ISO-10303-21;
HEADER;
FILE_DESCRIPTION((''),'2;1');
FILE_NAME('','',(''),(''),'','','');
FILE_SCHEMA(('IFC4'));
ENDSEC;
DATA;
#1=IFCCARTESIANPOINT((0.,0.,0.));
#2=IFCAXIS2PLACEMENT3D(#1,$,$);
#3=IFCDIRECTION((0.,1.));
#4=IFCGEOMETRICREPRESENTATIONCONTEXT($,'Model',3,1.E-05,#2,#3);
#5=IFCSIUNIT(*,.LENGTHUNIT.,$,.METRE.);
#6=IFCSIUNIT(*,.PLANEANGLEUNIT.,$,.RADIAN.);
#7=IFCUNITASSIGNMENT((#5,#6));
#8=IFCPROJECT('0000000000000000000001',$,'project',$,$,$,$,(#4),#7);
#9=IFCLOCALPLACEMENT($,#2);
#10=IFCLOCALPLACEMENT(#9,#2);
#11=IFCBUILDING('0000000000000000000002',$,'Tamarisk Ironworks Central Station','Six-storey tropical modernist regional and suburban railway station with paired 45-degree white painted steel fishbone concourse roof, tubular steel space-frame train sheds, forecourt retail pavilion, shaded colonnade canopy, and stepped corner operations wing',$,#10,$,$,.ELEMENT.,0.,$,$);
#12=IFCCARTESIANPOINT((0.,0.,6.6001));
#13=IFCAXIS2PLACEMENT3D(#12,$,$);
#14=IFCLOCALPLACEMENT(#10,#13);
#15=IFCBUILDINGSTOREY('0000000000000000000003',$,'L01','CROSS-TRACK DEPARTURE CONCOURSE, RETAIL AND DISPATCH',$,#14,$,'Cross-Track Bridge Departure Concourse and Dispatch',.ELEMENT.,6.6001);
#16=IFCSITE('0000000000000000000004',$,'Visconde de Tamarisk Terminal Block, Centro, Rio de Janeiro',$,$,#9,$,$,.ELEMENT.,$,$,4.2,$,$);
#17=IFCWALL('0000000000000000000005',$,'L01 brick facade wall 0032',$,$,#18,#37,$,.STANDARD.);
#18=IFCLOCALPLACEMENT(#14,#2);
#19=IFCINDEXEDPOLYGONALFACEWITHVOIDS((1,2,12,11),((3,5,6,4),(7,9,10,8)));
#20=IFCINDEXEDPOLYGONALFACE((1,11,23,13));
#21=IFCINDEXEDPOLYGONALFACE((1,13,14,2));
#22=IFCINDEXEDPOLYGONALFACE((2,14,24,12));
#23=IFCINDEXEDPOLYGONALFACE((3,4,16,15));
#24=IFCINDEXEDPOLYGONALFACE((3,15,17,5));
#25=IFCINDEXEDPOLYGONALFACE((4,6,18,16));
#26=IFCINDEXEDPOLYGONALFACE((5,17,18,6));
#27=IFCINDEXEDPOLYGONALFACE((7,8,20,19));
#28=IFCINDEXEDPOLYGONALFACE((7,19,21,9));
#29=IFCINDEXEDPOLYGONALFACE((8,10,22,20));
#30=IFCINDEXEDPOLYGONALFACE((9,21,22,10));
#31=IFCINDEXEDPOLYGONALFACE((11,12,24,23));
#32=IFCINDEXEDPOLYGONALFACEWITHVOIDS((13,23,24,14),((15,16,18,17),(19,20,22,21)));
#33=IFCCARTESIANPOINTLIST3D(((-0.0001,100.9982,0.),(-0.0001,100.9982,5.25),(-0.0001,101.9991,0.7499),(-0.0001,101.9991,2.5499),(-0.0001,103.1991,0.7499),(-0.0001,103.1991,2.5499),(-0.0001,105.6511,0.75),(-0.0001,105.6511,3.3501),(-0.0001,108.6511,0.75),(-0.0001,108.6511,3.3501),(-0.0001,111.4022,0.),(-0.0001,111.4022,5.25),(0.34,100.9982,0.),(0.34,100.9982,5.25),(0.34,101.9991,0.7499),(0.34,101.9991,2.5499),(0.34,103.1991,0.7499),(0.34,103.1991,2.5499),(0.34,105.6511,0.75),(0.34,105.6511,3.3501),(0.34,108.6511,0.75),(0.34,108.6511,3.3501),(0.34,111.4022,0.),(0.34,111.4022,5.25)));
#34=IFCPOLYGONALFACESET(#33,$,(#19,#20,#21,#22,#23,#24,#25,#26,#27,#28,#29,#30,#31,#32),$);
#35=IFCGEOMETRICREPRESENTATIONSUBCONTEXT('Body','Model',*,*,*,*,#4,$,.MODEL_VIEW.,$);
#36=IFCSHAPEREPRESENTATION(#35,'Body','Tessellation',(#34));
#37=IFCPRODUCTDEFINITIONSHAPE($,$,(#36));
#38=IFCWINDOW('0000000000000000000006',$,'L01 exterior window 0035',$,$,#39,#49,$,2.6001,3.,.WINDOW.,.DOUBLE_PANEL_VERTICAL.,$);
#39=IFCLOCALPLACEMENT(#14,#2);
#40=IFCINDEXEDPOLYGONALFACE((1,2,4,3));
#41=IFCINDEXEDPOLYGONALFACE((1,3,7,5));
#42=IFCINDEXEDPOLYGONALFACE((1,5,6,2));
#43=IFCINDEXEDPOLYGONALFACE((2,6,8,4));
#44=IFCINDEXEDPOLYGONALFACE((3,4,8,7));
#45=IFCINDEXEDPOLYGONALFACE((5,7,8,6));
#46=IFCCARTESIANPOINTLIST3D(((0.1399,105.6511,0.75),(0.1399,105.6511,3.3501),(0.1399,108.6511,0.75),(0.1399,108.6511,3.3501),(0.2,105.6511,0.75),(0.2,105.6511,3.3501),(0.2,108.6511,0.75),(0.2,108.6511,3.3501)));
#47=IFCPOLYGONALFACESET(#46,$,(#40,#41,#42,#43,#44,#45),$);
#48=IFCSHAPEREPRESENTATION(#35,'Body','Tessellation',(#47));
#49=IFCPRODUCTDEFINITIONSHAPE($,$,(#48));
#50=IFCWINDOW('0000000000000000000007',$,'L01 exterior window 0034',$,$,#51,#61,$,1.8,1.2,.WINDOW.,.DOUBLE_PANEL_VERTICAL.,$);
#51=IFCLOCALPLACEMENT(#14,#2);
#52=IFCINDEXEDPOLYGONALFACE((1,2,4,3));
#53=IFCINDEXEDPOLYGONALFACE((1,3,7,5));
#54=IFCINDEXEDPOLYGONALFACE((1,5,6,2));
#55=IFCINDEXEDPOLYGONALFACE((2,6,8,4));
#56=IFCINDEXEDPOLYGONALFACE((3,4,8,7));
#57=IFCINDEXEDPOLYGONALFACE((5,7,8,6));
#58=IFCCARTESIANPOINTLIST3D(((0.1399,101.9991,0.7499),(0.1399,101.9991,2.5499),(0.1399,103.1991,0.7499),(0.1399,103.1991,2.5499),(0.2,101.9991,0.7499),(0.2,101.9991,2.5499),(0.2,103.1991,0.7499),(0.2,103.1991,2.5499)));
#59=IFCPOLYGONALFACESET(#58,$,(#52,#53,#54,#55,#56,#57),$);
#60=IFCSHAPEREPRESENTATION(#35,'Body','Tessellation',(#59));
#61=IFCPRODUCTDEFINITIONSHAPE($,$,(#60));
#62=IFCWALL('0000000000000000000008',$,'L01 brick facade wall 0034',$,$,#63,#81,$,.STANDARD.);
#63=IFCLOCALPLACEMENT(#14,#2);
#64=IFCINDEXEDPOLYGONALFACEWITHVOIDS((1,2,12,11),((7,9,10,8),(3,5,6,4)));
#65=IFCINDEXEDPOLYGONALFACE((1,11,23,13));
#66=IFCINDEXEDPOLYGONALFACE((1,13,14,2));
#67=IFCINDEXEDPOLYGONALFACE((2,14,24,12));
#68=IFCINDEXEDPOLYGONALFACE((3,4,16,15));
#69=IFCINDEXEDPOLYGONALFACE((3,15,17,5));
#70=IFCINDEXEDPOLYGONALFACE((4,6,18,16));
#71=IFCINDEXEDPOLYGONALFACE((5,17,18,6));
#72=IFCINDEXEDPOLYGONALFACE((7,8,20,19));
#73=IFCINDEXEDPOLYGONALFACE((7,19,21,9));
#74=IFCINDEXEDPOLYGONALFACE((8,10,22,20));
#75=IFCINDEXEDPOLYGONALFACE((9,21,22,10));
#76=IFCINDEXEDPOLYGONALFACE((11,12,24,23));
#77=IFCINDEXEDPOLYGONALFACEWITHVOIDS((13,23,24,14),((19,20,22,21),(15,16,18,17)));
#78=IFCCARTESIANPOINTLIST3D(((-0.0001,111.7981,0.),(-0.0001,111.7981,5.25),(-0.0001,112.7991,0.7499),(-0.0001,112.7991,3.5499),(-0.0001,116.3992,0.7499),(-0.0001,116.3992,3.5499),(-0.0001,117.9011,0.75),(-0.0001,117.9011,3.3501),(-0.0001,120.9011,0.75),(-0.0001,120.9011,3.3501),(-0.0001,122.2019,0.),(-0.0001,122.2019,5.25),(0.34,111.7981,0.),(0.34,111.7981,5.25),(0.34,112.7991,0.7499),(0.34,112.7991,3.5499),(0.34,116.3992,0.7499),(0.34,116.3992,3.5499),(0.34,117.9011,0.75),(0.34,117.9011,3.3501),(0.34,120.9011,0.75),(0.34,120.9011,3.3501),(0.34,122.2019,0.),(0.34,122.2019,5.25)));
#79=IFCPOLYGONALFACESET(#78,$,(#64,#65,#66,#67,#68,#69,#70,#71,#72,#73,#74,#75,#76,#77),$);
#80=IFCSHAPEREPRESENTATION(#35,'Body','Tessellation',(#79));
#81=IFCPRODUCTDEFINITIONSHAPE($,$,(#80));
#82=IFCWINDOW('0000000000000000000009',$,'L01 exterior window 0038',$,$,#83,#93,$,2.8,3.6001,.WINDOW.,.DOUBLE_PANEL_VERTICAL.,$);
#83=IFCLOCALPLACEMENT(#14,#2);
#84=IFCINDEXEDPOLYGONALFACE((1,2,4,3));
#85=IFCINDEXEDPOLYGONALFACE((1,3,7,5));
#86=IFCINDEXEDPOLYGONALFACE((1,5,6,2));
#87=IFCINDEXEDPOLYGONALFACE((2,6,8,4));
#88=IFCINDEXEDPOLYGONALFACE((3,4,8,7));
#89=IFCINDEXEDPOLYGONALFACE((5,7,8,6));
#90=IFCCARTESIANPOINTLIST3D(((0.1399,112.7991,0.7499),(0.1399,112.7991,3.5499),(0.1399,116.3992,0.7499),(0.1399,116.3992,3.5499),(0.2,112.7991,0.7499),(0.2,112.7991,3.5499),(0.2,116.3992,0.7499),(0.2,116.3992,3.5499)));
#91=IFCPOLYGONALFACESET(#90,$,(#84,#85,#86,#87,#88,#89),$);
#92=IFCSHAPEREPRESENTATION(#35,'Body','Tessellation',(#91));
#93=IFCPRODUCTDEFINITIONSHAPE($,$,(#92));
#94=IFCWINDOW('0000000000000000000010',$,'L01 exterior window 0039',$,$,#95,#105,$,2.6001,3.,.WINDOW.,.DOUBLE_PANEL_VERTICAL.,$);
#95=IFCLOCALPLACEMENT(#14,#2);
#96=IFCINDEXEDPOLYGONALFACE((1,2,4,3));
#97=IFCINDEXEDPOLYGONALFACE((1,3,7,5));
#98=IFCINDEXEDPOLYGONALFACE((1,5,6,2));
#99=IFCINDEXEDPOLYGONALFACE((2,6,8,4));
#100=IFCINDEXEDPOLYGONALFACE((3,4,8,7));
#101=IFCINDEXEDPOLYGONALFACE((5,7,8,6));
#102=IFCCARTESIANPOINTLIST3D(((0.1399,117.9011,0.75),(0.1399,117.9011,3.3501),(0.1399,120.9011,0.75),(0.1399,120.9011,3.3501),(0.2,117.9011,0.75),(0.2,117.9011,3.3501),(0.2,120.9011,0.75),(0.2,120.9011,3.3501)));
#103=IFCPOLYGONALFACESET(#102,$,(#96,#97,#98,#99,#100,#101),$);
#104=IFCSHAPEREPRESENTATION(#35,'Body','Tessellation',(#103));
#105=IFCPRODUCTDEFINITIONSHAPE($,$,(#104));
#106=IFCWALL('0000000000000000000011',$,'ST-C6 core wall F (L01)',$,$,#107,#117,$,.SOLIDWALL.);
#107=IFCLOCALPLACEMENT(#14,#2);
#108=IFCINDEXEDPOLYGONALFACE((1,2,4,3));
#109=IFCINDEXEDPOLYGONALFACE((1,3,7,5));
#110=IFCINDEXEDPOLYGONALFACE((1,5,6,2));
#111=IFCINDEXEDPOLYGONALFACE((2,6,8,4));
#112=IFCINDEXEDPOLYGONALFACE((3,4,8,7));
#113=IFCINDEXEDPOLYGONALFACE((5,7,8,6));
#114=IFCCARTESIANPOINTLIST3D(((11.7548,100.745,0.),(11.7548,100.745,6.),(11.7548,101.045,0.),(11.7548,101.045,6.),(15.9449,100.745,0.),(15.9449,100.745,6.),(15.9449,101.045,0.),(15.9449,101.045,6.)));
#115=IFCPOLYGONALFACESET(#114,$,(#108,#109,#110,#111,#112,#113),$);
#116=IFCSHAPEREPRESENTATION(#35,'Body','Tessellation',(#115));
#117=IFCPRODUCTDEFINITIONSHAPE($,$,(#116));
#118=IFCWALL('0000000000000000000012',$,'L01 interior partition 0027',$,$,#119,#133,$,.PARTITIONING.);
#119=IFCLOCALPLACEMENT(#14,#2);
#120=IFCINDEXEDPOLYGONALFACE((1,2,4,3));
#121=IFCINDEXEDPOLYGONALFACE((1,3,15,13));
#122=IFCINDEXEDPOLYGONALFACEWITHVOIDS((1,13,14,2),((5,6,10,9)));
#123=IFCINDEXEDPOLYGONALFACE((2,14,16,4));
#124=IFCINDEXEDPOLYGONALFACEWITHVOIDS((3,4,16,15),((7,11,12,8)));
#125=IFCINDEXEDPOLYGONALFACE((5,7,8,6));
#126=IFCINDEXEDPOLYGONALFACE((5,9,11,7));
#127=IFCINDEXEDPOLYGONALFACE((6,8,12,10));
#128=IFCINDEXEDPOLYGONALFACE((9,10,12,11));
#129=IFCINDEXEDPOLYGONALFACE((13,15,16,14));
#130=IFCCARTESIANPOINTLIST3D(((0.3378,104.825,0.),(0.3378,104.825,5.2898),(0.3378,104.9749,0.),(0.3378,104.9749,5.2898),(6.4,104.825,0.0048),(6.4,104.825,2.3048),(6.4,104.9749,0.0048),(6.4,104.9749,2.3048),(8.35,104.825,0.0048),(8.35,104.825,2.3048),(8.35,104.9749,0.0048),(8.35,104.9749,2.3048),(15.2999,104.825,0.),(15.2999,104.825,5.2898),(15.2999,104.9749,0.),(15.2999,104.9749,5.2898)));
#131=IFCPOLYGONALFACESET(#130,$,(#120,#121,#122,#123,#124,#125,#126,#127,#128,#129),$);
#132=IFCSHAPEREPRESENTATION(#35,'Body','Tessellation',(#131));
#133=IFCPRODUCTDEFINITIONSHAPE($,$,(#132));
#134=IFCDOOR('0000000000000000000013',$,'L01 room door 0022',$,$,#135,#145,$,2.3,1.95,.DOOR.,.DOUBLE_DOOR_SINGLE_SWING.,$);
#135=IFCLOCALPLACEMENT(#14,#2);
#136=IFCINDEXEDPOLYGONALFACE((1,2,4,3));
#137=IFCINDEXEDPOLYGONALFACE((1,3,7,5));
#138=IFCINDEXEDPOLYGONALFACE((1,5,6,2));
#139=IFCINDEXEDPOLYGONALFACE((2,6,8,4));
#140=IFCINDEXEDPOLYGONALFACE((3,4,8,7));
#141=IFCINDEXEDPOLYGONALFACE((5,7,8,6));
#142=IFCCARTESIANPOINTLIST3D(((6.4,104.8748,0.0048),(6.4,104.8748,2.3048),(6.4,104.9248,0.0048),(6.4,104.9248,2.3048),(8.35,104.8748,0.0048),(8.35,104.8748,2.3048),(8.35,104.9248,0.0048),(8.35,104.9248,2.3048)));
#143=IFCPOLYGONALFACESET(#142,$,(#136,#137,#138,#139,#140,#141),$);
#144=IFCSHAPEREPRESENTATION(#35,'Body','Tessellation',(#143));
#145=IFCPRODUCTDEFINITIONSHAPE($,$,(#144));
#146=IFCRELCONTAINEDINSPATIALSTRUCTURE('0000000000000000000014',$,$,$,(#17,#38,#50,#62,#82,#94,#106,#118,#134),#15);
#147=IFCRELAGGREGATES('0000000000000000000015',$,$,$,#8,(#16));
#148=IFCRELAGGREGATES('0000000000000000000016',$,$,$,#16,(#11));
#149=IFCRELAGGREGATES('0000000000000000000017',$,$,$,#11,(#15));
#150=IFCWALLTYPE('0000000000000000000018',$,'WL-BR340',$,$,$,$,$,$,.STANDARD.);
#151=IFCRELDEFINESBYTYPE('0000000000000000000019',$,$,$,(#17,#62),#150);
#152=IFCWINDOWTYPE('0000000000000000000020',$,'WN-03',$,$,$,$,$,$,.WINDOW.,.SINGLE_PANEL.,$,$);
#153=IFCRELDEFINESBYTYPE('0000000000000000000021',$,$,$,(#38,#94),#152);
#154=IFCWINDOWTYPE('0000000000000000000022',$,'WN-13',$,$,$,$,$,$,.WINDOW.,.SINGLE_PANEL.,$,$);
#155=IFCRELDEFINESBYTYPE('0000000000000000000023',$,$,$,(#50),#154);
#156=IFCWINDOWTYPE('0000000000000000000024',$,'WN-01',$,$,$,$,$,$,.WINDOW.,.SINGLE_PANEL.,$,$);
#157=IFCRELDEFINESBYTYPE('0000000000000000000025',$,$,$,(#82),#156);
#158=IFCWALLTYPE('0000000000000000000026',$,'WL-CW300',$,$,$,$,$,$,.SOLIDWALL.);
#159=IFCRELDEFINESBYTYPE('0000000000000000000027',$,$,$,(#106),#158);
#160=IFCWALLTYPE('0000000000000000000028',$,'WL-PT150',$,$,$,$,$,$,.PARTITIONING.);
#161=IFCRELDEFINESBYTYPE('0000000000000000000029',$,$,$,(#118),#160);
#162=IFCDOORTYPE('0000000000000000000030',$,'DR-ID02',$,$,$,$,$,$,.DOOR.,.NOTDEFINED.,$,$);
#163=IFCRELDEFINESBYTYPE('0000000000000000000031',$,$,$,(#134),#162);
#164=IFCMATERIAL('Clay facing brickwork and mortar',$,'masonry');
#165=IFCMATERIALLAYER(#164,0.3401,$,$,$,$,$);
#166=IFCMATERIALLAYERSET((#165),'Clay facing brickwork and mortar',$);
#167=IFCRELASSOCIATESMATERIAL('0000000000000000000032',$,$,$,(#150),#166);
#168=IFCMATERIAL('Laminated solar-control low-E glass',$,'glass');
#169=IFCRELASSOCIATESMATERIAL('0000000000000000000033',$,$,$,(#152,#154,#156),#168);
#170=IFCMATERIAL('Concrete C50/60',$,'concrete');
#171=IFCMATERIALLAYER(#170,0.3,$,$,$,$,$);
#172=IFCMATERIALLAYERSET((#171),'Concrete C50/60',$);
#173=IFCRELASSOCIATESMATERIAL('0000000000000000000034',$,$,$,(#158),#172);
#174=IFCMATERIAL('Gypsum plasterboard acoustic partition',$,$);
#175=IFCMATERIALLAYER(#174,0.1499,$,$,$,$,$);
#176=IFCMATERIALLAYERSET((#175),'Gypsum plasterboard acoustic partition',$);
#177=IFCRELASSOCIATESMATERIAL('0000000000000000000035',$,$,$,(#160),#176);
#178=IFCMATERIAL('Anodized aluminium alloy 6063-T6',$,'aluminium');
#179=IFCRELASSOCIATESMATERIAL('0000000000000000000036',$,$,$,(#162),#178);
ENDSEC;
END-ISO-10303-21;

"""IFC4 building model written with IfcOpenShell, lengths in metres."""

from ifc_helpers import new_model, si_unit, direction, frame, frame_2d, origin, place, context, subcontext, project, spatial, rectangle, extrude, material, layer, layer_set, type_object, element, fill, save


model = new_model("IFC4")

# Units and contexts
model_context = context("Model", 3, precision=1e-05, world=origin(), true_north=direction((0.0, 1.0)))
body_context = subcontext(model_context, "Body", "Model", "MODEL_VIEW")
ifc_project = project(units=[si_unit("LENGTHUNIT", "METRE"), si_unit("PLANEANGLEUNIT", "RADIAN")], contexts=[model_context])

# Site, building, storey
site_placement = place(None, origin())
site = spatial("IfcSite", under=ifc_project, at=site_placement, Name="Visconde de Tamarisk Terminal Block, Centro, Rio de Janeiro", CompositionType="ELEMENT", RefElevation=4.2)
building_placement = place(site_placement, origin())
building = spatial("IfcBuilding", under=site, at=building_placement, Name="Tamarisk Ironworks Central Station", Description="Six-storey tropical modernist regional and suburban railway station with paired 45-degree white painted steel fishbone concourse roof, tubular steel space-frame train sheds, forecourt retail pavilion, shaded colonnade canopy, and stepped corner operations wing", CompositionType="ELEMENT", ElevationOfRefHeight=0.0)
storey_placement = place(building_placement, frame((0.0, 0.0, 6.6001)))
storey = spatial("IfcBuildingStorey", under=building, at=storey_placement, Name="L01", Description="CROSS-TRACK DEPARTURE CONCOURSE, RETAIL AND DISPATCH", LongName="Cross-Track Bridge Departure Concourse and Dispatch", CompositionType="ELEMENT", Elevation=6.6001)

# Shared definitions
ifc_material_1 = material(Name="Clay facing brickwork and mortar", Category="masonry")

# Walls, openings, windows
ifc_layer_1 = layer(ifc_material_1, 0.3401)
ifc_layer_set_1 = layer_set([ifc_layer_1], Name="Clay facing brickwork and mortar")
wall_type_1 = type_object("IfcWallType", Name="WL-BR340", PredefinedType="STANDARD", material=ifc_layer_set_1)
wall_1_placement = place(storey_placement, frame((0.1699, 100.998, 0.0), z_axis=(0.0, 0.0, 1.0), x_axis=(0.0, 1.0, 0.0)))
wall_1 = element("IfcWall", 1, at=wall_1_placement, inside=storey, type_object=wall_type_1, Name="L01 brick facade wall 0032", PredefinedType="STANDARD", context=body_context, shape_type="SweptSolid", body=[
    extrude(rectangle(XDim=10.4041, YDim=0.3401, at=frame_2d((5.2021, 0.0))), origin(), (0.0, 0.0, 1.0), 5.25),
])
opening_1_placement = place(wall_1_placement, frame((1.001, 0.0, 0.75)))
opening_1 = element("IfcOpeningElement", 2, at=opening_1_placement, cuts=wall_1, PredefinedType="OPENING", context=body_context, shape_type="SweptSolid", body=[
    extrude(rectangle(XDim=1.2, YDim=1.8, at=frame_2d((0.6001, 0.8999))), frame((0.0, 0.1821, 0.0), z_axis=(0.0, -1.0, 0.0), x_axis=(1.0, 0.0, 0.0)), (0.0, 0.0, 1.0), 0.364),
])
opening_2_placement = place(wall_1_placement, frame((4.6531, 0.0, 0.75)))
opening_2 = element("IfcOpeningElement", 3, at=opening_2_placement, cuts=wall_1, PredefinedType="OPENING", context=body_context, shape_type="SweptSolid", body=[
    extrude(rectangle(XDim=3.0, YDim=2.6001, at=frame_2d((1.5, 1.3))), frame((0.0, 0.1821, 0.0), z_axis=(0.0, -1.0, 0.0), x_axis=(1.0, 0.0, 0.0)), (0.0, 0.0, 1.0), 0.364),
])
ifc_material_2 = material(Name="Laminated solar-control low-E glass", Category="glass")
window_type_1 = type_object("IfcWindowType", Name="WN-03", PartitioningType="SINGLE_PANEL", PredefinedType="WINDOW", material=ifc_material_2)
window_1_placement = place(opening_2_placement, origin())
window_1 = element("IfcWindow", 4, at=window_1_placement, inside=storey, type_object=window_type_1, Name="L01 exterior window 0035", OverallHeight=2.6001, OverallWidth=3.0, PartitioningType="DOUBLE_PANEL_VERTICAL", PredefinedType="WINDOW", context=body_context, shape_type="SweptSolid", body=[
    extrude(rectangle(XDim=3.0, YDim=2.6001, at=frame_2d((1.5, 1.3))), frame((0.0, 0.03, 0.0), z_axis=(0.0, -1.0, 0.0), x_axis=(1.0, 0.0, 0.0)), (0.0, 0.0, 1.0), 0.0601),
])
fill(opening_2, window_1)
window_type_2 = type_object("IfcWindowType", Name="WN-13", PartitioningType="SINGLE_PANEL", PredefinedType="WINDOW", material=ifc_material_2)
window_2_placement = place(opening_1_placement, origin())
window_2 = element("IfcWindow", 5, at=window_2_placement, inside=storey, type_object=window_type_2, Name="L01 exterior window 0034", OverallHeight=1.8, OverallWidth=1.2, PartitioningType="DOUBLE_PANEL_VERTICAL", PredefinedType="WINDOW", context=body_context, shape_type="SweptSolid", body=[
    extrude(rectangle(XDim=1.2, YDim=1.8, at=frame_2d((0.6001, 0.8999))), frame((0.0, 0.03, 0.0), z_axis=(0.0, -1.0, 0.0), x_axis=(1.0, 0.0, 0.0)), (0.0, 0.0, 1.0), 0.0601),
])
fill(opening_1, window_2)
wall_2_placement = place(storey_placement, frame((0.1699, 111.7981, 0.0), z_axis=(0.0, 0.0, 1.0), x_axis=(0.0, 1.0, 0.0)))
wall_2 = element("IfcWall", 6, at=wall_2_placement, inside=storey, type_object=wall_type_1, Name="L01 brick facade wall 0034", PredefinedType="STANDARD", context=body_context, shape_type="SweptSolid", body=[
    extrude(rectangle(XDim=10.4038, YDim=0.3401, at=frame_2d((5.2019, 0.0))), origin(), (0.0, 0.0, 1.0), 5.25),
])
opening_3_placement = place(wall_2_placement, frame((1.001, 0.0, 0.75)))
opening_3 = element("IfcOpeningElement", 7, at=opening_3_placement, cuts=wall_2, PredefinedType="OPENING", context=body_context, shape_type="SweptSolid", body=[
    extrude(rectangle(XDim=3.6001, YDim=2.8, at=frame_2d((1.8, 1.3999))), frame((0.0, 0.1821, 0.0), z_axis=(0.0, -1.0, 0.0), x_axis=(1.0, 0.0, 0.0)), (0.0, 0.0, 1.0), 0.364),
])
opening_4_placement = place(wall_2_placement, frame((6.103, 0.0, 0.75)))
opening_4 = element("IfcOpeningElement", 8, at=opening_4_placement, cuts=wall_2, PredefinedType="OPENING", context=body_context, shape_type="SweptSolid", body=[
    extrude(rectangle(XDim=3.0, YDim=2.6001, at=frame_2d((1.5, 1.3))), frame((0.0, 0.1821, 0.0), z_axis=(0.0, -1.0, 0.0), x_axis=(1.0, 0.0, 0.0)), (0.0, 0.0, 1.0), 0.364),
])
window_type_3 = type_object("IfcWindowType", Name="WN-01", PartitioningType="SINGLE_PANEL", PredefinedType="WINDOW", material=ifc_material_2)
window_3_placement = place(opening_3_placement, origin())
window_3 = element("IfcWindow", 9, at=window_3_placement, inside=storey, type_object=window_type_3, Name="L01 exterior window 0038", OverallHeight=2.8, OverallWidth=3.6001, PartitioningType="DOUBLE_PANEL_VERTICAL", PredefinedType="WINDOW", context=body_context, shape_type="SweptSolid", body=[
    extrude(rectangle(XDim=3.6001, YDim=2.8, at=frame_2d((1.8, 1.3999))), frame((0.0, 0.03, 0.0), z_axis=(0.0, -1.0, 0.0), x_axis=(1.0, 0.0, 0.0)), (0.0, 0.0, 1.0), 0.0601),
])
fill(opening_3, window_3)
window_4_placement = place(opening_4_placement, origin())
window_4 = element("IfcWindow", 10, at=window_4_placement, inside=storey, type_object=window_type_1, Name="L01 exterior window 0039", OverallHeight=2.6001, OverallWidth=3.0, PartitioningType="DOUBLE_PANEL_VERTICAL", PredefinedType="WINDOW", context=body_context, shape_type="SweptSolid", body=[
    extrude(rectangle(XDim=3.0, YDim=2.6001, at=frame_2d((1.5, 1.3))), frame((0.0, 0.03, 0.0), z_axis=(0.0, -1.0, 0.0), x_axis=(1.0, 0.0, 0.0)), (0.0, 0.0, 1.0), 0.0601),
])
fill(opening_4, window_4)

# Wall
ifc_material_3 = material(Name="Concrete C50/60", Category="concrete")
ifc_layer_2 = layer(ifc_material_3, 0.3)
ifc_layer_set_2 = layer_set([ifc_layer_2], Name="Concrete C50/60")
wall_type_2 = type_object("IfcWallType", Name="WL-CW300", PredefinedType="SOLIDWALL", material=ifc_layer_set_2)
wall_3_placement = place(storey_placement, frame((15.9451, 100.895, 0.0), z_axis=(0.0, 0.0, 1.0), x_axis=(-1.0, 0.0, 0.0)))
element("IfcWall", 11, at=wall_3_placement, inside=storey, type_object=wall_type_2, Name="ST-C6 core wall F (L01)", PredefinedType="SOLIDWALL", context=body_context, shape_type="SweptSolid", body=[
    extrude(rectangle(XDim=4.1902, YDim=0.3, at=frame_2d((2.0952, 0.0))), origin(), (0.0, 0.0, 1.0), 6.0),
])

# Wall, opening, door
ifc_material_4 = material(Name="Gypsum plasterboard acoustic partition")
ifc_layer_3 = layer(ifc_material_4, 0.1499)
ifc_layer_set_3 = layer_set([ifc_layer_3], Name="Gypsum plasterboard acoustic partition")
wall_type_3 = type_object("IfcWallType", Name="WL-PT150", PredefinedType="PARTITIONING", material=ifc_layer_set_3)
wall_4_placement = place(storey_placement, frame((0.3379, 104.8999, 0.0), z_axis=(0.0, 0.0, 1.0), x_axis=(1.0, 0.0, 0.0)))
wall_4 = element("IfcWall", 12, at=wall_4_placement, inside=storey, type_object=wall_type_3, Name="L01 interior partition 0027", PredefinedType="PARTITIONING", context=body_context, shape_type="SweptSolid", body=[
    extrude(rectangle(XDim=14.9622, YDim=0.1499, at=frame_2d((7.481, 0.0))), origin(), (0.0, 0.0, 1.0), 5.2898),
])
opening_5_placement = place(wall_4_placement, frame((6.062, 0.0, 0.0049)))
opening_5 = element("IfcOpeningElement", 13, at=opening_5_placement, cuts=wall_4, PredefinedType="OPENING", context=body_context, shape_type="SweptSolid", body=[
    extrude(rectangle(XDim=1.95, YDim=2.3, at=frame_2d((0.9751, 1.1499))), frame((0.0, 0.0869, 0.0), z_axis=(0.0, -1.0, 0.0), x_axis=(1.0, 0.0, 0.0)), (0.0, 0.0, 1.0), 0.1738),
])
ifc_material_5 = material(Name="Anodized aluminium alloy 6063-T6", Category="aluminium")
door_type_1 = type_object("IfcDoorType", Name="DR-ID02", OperationType="NOTDEFINED", PredefinedType="DOOR", material=ifc_material_5)
door_1_placement = place(opening_5_placement, origin())
door_1 = element("IfcDoor", 14, at=door_1_placement, inside=storey, type_object=door_type_1, Name="L01 room door 0022", OperationType="DOUBLE_DOOR_SINGLE_SWING", OverallHeight=2.3, OverallWidth=1.95, PredefinedType="DOOR", context=body_context, shape_type="SweptSolid", body=[
    extrude(rectangle(XDim=1.95, YDim=2.3, at=frame_2d((0.9751, 1.1499))), frame((0.0, 0.0249, 0.0), z_axis=(0.0, -1.0, 0.0), x_axis=(1.0, 0.0, 0.0)), (0.0, 0.0, 1.0), 0.05),
])
fill(opening_5, door_1)

save(model, "model.ifc")
